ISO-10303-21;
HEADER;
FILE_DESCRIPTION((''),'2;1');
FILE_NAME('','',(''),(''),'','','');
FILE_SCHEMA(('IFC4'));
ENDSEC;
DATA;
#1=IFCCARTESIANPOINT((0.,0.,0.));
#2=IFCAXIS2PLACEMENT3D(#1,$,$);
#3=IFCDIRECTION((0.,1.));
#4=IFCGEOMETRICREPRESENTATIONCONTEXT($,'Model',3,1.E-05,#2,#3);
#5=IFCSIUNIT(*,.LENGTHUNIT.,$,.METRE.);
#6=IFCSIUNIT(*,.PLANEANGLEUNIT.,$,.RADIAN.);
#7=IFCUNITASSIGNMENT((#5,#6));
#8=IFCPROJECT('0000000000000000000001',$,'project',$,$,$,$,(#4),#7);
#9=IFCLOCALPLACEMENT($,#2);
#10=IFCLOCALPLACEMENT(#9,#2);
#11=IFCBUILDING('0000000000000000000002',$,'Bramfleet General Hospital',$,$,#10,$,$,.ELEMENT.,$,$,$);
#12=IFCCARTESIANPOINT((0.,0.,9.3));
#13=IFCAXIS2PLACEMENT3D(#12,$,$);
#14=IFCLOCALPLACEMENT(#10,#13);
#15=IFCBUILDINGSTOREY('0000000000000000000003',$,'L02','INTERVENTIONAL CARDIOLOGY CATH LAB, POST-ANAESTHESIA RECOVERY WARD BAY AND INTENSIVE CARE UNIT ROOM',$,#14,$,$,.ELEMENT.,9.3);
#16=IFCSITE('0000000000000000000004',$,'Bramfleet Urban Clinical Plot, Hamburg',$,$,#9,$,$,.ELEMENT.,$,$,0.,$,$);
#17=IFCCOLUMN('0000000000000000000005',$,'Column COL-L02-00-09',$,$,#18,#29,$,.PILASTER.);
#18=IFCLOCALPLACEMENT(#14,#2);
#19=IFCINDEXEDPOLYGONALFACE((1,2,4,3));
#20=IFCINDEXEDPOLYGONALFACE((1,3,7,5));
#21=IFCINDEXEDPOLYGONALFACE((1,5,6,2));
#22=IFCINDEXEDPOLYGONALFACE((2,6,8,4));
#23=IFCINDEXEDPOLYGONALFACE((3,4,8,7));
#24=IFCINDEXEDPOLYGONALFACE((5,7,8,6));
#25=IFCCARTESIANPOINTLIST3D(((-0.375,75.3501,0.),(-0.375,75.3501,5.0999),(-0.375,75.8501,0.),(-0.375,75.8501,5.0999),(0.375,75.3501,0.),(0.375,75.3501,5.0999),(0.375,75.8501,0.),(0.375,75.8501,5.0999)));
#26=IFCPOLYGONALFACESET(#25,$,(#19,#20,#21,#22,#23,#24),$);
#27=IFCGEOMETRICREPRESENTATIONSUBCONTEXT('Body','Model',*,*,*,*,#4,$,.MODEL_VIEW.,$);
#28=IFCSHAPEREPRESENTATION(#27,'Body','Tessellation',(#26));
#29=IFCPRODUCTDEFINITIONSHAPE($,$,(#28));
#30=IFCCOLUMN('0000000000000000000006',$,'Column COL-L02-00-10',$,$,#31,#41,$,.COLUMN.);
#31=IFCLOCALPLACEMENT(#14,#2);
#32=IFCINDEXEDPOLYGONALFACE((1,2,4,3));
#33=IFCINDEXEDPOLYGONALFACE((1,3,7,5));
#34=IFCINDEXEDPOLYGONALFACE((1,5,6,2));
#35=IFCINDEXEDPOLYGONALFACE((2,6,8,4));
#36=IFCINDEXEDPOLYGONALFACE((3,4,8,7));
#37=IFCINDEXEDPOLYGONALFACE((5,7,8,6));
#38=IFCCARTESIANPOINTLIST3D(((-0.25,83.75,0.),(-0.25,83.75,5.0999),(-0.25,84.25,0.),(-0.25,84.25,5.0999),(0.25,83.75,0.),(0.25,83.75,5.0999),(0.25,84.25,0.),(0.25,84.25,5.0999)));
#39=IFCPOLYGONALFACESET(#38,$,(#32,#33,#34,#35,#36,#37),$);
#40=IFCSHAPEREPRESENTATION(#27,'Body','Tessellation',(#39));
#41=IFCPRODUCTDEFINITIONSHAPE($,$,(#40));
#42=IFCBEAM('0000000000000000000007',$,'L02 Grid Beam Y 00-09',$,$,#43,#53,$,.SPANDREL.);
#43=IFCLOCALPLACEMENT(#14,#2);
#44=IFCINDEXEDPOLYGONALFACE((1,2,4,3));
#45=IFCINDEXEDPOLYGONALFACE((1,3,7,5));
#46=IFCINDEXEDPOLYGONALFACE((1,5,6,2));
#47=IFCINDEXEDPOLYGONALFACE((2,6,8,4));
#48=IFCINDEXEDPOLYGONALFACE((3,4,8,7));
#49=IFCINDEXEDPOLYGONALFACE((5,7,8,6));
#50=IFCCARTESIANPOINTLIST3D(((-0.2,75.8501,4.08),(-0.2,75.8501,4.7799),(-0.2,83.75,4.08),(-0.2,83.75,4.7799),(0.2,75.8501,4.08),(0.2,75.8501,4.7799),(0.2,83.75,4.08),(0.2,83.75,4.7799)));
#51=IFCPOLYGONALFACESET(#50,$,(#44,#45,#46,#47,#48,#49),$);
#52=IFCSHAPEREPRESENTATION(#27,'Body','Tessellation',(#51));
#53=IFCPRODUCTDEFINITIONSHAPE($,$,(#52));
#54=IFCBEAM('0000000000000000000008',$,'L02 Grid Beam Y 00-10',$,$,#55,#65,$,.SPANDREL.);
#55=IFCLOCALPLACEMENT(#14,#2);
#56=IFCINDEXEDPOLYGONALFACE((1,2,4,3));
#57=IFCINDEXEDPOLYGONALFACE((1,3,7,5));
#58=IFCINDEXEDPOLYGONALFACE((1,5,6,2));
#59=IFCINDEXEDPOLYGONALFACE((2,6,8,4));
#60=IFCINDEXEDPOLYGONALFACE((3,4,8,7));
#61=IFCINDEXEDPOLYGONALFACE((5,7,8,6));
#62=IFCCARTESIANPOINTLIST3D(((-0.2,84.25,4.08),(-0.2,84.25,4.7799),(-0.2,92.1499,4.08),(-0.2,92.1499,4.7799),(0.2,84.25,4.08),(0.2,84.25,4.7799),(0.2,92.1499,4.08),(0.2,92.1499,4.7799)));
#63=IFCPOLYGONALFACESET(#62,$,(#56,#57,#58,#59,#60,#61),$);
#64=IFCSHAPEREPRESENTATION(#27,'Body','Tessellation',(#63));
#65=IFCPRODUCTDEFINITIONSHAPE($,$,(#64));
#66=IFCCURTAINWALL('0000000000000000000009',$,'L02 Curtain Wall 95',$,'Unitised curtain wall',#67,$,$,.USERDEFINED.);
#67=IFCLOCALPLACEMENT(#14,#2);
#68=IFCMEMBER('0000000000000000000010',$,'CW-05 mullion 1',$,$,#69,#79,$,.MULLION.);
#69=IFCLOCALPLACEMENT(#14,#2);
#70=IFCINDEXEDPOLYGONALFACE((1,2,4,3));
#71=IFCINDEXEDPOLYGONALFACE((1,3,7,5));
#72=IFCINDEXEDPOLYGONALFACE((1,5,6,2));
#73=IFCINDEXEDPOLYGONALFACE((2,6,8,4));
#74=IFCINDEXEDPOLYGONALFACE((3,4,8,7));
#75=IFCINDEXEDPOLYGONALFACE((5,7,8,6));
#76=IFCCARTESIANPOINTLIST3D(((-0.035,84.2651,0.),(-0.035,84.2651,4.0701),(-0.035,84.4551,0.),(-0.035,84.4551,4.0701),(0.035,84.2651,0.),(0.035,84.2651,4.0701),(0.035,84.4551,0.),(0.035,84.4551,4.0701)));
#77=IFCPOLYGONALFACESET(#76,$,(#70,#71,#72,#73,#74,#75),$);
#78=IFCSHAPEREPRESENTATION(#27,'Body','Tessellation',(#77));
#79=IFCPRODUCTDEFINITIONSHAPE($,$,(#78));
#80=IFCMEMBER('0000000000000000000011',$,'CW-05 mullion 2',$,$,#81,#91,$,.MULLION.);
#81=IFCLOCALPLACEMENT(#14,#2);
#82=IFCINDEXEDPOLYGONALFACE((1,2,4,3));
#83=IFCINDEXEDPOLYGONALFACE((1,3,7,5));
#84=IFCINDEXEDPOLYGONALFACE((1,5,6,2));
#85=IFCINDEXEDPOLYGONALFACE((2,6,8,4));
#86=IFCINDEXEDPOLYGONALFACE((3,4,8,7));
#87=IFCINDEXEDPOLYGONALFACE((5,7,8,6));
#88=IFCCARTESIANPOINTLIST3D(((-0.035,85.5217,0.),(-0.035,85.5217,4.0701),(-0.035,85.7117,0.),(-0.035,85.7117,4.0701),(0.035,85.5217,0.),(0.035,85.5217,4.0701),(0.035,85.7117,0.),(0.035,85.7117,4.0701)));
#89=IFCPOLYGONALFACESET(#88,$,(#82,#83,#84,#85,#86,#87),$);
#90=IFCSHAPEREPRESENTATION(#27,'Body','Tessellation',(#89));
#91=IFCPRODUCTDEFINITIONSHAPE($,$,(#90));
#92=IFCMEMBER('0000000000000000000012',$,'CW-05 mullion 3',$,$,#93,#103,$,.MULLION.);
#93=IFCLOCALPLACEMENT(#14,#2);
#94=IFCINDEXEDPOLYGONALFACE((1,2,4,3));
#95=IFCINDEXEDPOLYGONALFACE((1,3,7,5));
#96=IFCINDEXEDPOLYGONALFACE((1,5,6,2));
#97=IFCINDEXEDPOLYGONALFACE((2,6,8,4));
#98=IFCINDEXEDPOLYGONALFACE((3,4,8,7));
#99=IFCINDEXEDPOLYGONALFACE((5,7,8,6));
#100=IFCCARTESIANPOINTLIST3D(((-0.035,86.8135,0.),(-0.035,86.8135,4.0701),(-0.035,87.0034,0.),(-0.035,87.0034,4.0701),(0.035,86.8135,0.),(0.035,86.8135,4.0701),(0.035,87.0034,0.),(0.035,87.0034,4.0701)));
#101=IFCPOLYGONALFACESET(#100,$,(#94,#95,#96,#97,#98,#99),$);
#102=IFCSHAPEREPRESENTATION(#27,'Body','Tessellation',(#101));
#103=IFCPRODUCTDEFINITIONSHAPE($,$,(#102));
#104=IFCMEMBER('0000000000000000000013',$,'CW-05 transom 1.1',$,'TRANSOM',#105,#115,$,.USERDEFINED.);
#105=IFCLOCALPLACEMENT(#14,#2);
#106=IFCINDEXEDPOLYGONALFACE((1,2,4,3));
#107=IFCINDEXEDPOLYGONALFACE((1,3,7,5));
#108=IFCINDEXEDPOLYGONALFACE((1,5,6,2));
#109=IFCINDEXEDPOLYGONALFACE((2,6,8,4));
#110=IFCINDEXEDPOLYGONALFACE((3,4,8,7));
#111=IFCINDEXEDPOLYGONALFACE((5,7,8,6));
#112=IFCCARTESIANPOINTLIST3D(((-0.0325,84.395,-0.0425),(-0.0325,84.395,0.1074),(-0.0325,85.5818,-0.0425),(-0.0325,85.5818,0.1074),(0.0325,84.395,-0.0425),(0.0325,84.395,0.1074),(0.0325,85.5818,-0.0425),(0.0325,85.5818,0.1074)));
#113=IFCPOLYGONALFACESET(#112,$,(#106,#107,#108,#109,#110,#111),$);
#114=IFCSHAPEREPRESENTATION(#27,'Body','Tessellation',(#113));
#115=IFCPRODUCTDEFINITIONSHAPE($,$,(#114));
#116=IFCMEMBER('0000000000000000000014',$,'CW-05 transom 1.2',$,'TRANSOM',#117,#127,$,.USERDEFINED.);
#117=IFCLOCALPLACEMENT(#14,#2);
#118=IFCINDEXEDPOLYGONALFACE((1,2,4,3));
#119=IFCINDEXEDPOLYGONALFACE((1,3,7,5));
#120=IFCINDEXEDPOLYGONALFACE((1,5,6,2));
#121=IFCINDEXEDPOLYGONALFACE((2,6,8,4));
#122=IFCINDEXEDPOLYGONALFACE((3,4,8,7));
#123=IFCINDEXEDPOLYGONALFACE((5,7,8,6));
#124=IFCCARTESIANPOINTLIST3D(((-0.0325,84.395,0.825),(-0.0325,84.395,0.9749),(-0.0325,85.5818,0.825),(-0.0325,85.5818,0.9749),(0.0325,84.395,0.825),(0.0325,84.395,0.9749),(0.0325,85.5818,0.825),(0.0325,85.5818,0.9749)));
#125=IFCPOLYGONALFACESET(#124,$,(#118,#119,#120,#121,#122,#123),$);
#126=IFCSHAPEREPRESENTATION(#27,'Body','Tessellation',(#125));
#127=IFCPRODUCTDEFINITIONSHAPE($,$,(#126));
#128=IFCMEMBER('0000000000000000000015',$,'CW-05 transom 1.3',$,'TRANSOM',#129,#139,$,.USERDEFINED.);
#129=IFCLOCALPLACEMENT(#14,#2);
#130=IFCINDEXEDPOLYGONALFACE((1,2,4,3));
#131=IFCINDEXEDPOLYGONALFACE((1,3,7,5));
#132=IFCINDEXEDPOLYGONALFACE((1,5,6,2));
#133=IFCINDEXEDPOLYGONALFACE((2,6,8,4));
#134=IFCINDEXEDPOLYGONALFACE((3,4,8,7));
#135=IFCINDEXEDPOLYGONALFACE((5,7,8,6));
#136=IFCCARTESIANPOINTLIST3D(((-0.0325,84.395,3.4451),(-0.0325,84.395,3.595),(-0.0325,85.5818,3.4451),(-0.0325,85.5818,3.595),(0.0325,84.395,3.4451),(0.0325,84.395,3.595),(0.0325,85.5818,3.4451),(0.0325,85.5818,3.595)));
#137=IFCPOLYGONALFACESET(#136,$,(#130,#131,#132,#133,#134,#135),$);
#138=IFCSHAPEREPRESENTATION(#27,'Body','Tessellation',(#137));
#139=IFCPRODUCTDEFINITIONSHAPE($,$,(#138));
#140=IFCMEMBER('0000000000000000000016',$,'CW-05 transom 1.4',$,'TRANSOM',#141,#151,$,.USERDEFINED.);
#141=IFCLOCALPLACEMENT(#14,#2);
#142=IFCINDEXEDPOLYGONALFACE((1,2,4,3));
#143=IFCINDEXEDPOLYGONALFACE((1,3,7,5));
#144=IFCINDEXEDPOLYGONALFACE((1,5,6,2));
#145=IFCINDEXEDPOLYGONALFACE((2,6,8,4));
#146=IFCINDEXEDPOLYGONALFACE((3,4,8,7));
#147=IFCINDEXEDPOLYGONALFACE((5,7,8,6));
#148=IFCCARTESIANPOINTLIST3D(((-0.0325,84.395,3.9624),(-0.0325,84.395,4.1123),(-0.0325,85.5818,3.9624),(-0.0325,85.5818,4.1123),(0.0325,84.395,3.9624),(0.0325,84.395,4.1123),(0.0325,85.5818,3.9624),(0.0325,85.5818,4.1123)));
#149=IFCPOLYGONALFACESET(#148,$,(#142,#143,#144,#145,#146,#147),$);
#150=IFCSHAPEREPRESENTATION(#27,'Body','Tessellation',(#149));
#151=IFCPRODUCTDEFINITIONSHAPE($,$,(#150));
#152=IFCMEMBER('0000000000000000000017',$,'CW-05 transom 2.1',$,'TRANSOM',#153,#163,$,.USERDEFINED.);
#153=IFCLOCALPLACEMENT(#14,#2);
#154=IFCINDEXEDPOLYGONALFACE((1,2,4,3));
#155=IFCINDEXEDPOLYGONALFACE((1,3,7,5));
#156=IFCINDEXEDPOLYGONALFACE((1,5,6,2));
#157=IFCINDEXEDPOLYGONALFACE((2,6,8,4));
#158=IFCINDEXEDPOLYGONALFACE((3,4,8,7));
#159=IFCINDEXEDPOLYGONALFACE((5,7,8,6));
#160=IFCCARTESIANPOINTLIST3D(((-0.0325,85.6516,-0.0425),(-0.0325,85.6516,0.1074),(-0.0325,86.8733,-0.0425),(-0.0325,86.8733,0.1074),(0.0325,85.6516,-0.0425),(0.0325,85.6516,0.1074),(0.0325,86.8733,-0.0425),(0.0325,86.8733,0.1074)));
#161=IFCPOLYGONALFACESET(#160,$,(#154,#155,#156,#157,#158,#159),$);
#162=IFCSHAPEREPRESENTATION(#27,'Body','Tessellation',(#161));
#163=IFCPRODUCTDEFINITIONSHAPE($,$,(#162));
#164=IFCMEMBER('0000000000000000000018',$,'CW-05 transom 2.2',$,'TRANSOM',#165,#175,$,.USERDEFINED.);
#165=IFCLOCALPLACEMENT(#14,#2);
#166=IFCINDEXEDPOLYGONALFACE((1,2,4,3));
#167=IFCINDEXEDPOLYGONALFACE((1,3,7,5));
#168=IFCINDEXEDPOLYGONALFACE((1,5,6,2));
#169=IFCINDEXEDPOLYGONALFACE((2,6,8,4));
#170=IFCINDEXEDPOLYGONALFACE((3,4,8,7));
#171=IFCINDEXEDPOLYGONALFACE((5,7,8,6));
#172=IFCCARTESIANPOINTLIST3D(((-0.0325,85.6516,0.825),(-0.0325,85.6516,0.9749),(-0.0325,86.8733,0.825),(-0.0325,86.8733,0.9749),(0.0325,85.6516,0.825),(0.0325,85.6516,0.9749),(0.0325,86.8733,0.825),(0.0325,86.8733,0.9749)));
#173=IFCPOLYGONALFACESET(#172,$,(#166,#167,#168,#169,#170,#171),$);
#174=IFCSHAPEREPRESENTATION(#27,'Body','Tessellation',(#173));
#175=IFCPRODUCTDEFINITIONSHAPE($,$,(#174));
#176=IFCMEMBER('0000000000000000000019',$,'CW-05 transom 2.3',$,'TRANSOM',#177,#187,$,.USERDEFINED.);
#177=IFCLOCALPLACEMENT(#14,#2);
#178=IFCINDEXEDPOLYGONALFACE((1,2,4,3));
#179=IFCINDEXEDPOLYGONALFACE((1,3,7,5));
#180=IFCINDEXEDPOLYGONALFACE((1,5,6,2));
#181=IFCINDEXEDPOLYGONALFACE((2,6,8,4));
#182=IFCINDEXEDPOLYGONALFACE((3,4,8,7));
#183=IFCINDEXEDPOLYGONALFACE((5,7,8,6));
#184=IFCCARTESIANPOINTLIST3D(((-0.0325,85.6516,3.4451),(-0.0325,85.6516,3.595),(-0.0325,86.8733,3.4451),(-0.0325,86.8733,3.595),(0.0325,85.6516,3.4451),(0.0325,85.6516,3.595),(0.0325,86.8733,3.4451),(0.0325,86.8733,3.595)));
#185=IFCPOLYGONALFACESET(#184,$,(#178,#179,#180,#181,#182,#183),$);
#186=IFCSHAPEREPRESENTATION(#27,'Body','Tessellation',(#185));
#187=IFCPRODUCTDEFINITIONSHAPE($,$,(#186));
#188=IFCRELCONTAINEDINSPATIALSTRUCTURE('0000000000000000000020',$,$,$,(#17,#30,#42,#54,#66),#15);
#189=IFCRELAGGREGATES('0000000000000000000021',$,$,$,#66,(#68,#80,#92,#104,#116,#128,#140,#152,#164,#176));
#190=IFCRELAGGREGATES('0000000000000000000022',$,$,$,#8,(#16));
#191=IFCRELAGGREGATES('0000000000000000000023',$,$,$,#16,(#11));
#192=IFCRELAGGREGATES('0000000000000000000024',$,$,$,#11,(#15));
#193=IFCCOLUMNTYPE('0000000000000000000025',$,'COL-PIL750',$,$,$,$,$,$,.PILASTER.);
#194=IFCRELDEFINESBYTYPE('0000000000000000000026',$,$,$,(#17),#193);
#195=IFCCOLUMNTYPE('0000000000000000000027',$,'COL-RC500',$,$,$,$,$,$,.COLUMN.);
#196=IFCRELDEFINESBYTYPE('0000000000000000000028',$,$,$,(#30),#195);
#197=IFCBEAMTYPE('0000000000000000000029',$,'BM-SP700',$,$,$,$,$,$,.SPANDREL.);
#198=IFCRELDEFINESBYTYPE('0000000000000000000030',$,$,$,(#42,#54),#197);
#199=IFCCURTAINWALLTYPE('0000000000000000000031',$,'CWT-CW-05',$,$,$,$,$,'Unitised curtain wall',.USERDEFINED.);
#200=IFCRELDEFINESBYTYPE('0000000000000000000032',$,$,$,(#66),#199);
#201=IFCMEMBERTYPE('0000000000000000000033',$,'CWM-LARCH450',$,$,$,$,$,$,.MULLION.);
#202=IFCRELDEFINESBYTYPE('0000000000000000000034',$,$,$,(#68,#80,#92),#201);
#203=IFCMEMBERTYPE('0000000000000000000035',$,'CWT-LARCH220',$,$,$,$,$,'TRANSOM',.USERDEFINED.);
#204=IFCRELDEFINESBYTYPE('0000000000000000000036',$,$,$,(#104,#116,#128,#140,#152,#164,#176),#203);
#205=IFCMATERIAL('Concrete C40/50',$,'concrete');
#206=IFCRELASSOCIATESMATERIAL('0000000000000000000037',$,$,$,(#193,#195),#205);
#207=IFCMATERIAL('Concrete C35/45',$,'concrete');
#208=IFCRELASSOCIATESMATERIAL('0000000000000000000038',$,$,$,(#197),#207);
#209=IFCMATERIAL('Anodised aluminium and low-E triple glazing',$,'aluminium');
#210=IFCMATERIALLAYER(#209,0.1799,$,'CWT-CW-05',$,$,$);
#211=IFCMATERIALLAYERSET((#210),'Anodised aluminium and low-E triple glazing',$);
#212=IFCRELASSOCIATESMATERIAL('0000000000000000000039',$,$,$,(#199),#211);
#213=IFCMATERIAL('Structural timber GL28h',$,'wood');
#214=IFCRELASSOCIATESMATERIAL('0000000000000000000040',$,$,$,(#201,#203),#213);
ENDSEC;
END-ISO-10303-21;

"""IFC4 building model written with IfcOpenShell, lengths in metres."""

from ifc_helpers import new_model, si_unit, direction, frame, origin, origin_2d, place, context, subcontext, project, spatial, rectangle, extrude, material, layer, layer_set, material_profile, profile_set, type_object, element, aggregate, save


model = new_model("IFC4")

# Units and contexts
model_context = context("Model", 3, precision=1e-05, world=origin(), true_north=direction((0.0, 1.0)))
body_context = subcontext(model_context, "Body", "Model", "MODEL_VIEW")
ifc_project = project(units=[si_unit("LENGTHUNIT", "METRE"), si_unit("PLANEANGLEUNIT", "RADIAN")], contexts=[model_context])

# Site, building, storey
site_placement = place(None, origin())
site = spatial("IfcSite", under=ifc_project, at=site_placement, Name="Bramfleet Urban Clinical Plot, Hamburg", CompositionType="ELEMENT", RefElevation=0.0)
building_placement = place(site_placement, origin())
building = spatial("IfcBuilding", under=site, at=building_placement, Name="Bramfleet General Hospital", CompositionType="ELEMENT")
storey_placement = place(building_placement, frame((0.0, 0.0, 9.3)))
storey = spatial("IfcBuildingStorey", under=building, at=storey_placement, Name="L02", Description="INTERVENTIONAL CARDIOLOGY CATH LAB, POST-ANAESTHESIA RECOVERY WARD BAY AND INTENSIVE CARE UNIT ROOM", CompositionType="ELEMENT", Elevation=9.3)

# Columns
ifc_material_1 = material(Name="Concrete C40/50", Category="concrete")
ifc_material_profile_1 = material_profile(ifc_material_1, rectangle(XDim=0.5, YDim=0.75, at=origin_2d()), Name="RC PIL 750x500")
ifc_profile_set_1 = profile_set([ifc_material_profile_1], Name="Concrete C40/50")
column_type_1 = type_object("IfcColumnType", Name="COL-PIL750", PredefinedType="PILASTER", material=ifc_profile_set_1)
column_1_placement = place(storey_placement, frame((0.0, 75.6001, 0.0), z_axis=(0.0, 0.0, 1.0), x_axis=(0.0, 1.0, 0.0)))
element("IfcColumn", 1, at=column_1_placement, inside=storey, type_object=column_type_1, Name="Column COL-L02-00-09", PredefinedType="PILASTER", context=body_context, shape_type="SweptSolid", body=[
    extrude(rectangle(XDim=0.5, YDim=0.75, at=origin_2d()), origin(), (0.0, 0.0, 1.0), 5.0999),
])
ifc_material_profile_2 = material_profile(ifc_material_1, rectangle(XDim=0.5, YDim=0.5, at=origin_2d()), Name="RC COL 500x500")
ifc_profile_set_2 = profile_set([ifc_material_profile_2], Name="Concrete C40/50")
column_type_2 = type_object("IfcColumnType", Name="COL-RC500", PredefinedType="COLUMN", material=ifc_profile_set_2)
column_2_placement = place(storey_placement, frame((0.0, 84.0, 0.0), z_axis=(0.0, 0.0, 1.0), x_axis=(1.0, 0.0, 0.0)))
element("IfcColumn", 2, at=column_2_placement, inside=storey, type_object=column_type_2, Name="Column COL-L02-00-10", PredefinedType="COLUMN", context=body_context, shape_type="SweptSolid", body=[
    extrude(rectangle(XDim=0.5, YDim=0.5, at=origin_2d()), origin(), (0.0, 0.0, 1.0), 5.0999),
])

# Beams
ifc_material_2 = material(Name="Concrete C35/45", Category="concrete")
ifc_material_profile_3 = material_profile(ifc_material_2, rectangle(XDim=0.3999, YDim=0.7, at=origin_2d()), Name="RC SP 700x400")
ifc_profile_set_3 = profile_set([ifc_material_profile_3], Name="Concrete C35/45")
beam_type = type_object("IfcBeamType", Name="BM-SP700", PredefinedType="SPANDREL", material=ifc_profile_set_3)
for number, where, z_axis, x_axis, name in (
    (3, (0.0, 75.8501, 4.4299), (0.0, 1.0, 0.0), (-1.0, 0.0, 0.0), "L02 Grid Beam Y 00-09"),
    (4, (0.0, 84.25, 4.4299), (0.0, 1.0, 0.0), (-1.0, 0.0, 0.0), "L02 Grid Beam Y 00-10"),
):
    element("IfcBeam", number, at=place(storey_placement, frame(where, z_axis=z_axis, x_axis=x_axis)), inside=storey, type_object=beam_type, Name=name, PredefinedType="SPANDREL", context=body_context, shape_type="SweptSolid", body=[
        extrude(rectangle(XDim=0.3999, YDim=0.7, at=origin_2d()), origin(), (0.0, 0.0, 1.0), 7.8999),
    ])

# Curtain wall, members
ifc_material_3 = material(Name="Anodised aluminium and low-E triple glazing", Category="aluminium")
ifc_layer_1 = layer(ifc_material_3, 0.1799, Name="CWT-CW-05")
ifc_layer_set_1 = layer_set([ifc_layer_1], Name="Anodised aluminium and low-E triple glazing")
curtain_wall_type = type_object("IfcCurtainWallType", Name="CWT-CW-05", ElementType="Unitised curtain wall", PredefinedType="USERDEFINED", material=ifc_layer_set_1)
curtain_wall_placement = place(storey_placement, origin())
curtain_wall = element("IfcCurtainWall", 5, at=curtain_wall_placement, inside=storey, type_object=curtain_wall_type, Name="L02 Curtain Wall 95", ObjectType="Unitised curtain wall", PredefinedType="USERDEFINED")
ifc_material_4 = material(Name="Structural timber GL28h", Category="wood")
ifc_material_profile_4 = material_profile(ifc_material_4, rectangle(XDim=0.0701, YDim=0.1899, at=origin_2d()), Name="LARCH 190x70")
ifc_profile_set_4 = profile_set([ifc_material_profile_4], Name="Structural timber GL28h")
member_type_1 = type_object("IfcMemberType", Name="CWM-LARCH450", PredefinedType="MULLION", material=ifc_profile_set_4)
member_1_placement = place(storey_placement, frame((0.0, 84.3601, 0.0), z_axis=(0.0, 0.0, 1.0), x_axis=(-1.0, 0.0, 0.0)))
member_1 = element("IfcMember", 6, at=member_1_placement, type_object=member_type_1, Name="CW-05 mullion 1", PredefinedType="MULLION", context=body_context, shape_type="SweptSolid", body=[
    extrude(rectangle(XDim=0.0701, YDim=0.1899, at=origin_2d()), origin(), (0.0, 0.0, 1.0), 4.0701),
])
member_2_placement = place(storey_placement, frame((0.0, 85.6167, 0.0), z_axis=(0.0, 0.0, 1.0), x_axis=(-1.0, 0.0, 0.0)))
member_2 = element("IfcMember", 7, at=member_2_placement, type_object=member_type_1, Name="CW-05 mullion 2", PredefinedType="MULLION", context=body_context, shape_type="SweptSolid", body=[
    extrude(rectangle(XDim=0.0701, YDim=0.1899, at=origin_2d()), origin(), (0.0, 0.0, 1.0), 4.0701),
])
member_3_placement = place(storey_placement, frame((0.0, 86.9084, 0.0), z_axis=(0.0, 0.0, 1.0), x_axis=(-1.0, 0.0, 0.0)))
member_3 = element("IfcMember", 8, at=member_3_placement, type_object=member_type_1, Name="CW-05 mullion 3", PredefinedType="MULLION", context=body_context, shape_type="SweptSolid", body=[
    extrude(rectangle(XDim=0.0701, YDim=0.1899, at=origin_2d()), origin(), (0.0, 0.0, 1.0), 4.0701),
])
ifc_material_profile_5 = material_profile(ifc_material_4, rectangle(XDim=0.0649, YDim=0.1499, at=origin_2d()), Name="LARCH 150x65")
ifc_profile_set_5 = profile_set([ifc_material_profile_5], Name="Structural timber GL28h")
member_type_2 = type_object("IfcMemberType", Name="CWT-LARCH220", ElementType="TRANSOM", PredefinedType="USERDEFINED", material=ifc_profile_set_5)
member_4_placement = place(storey_placement, frame((0.0, 84.395, 0.0325), z_axis=(0.0, 1.0, 0.0), x_axis=(-1.0, 0.0, 0.0)))
member_4 = element("IfcMember", 9, at=member_4_placement, type_object=member_type_2, Name="CW-05 transom 1.1", ObjectType="TRANSOM", PredefinedType="USERDEFINED", context=body_context, shape_type="SweptSolid", body=[
    extrude(rectangle(XDim=0.0649, YDim=0.1499, at=origin_2d()), origin(), (0.0, 0.0, 1.0), 1.1868),
])
member_5_placement = place(storey_placement, frame((0.0, 84.395, 0.8999), z_axis=(0.0, 1.0, 0.0), x_axis=(-1.0, 0.0, 0.0)))
member_5 = element("IfcMember", 10, at=member_5_placement, type_object=member_type_2, Name="CW-05 transom 1.2", ObjectType="TRANSOM", PredefinedType="USERDEFINED", context=body_context, shape_type="SweptSolid", body=[
    extrude(rectangle(XDim=0.0649, YDim=0.1499, at=origin_2d()), origin(), (0.0, 0.0, 1.0), 1.1868),
])
member_6_placement = place(storey_placement, frame((0.0, 84.395, 3.52), z_axis=(0.0, 1.0, 0.0), x_axis=(-1.0, 0.0, 0.0)))
member_6 = element("IfcMember", 11, at=member_6_placement, type_object=member_type_2, Name="CW-05 transom 1.3", ObjectType="TRANSOM", PredefinedType="USERDEFINED", context=body_context, shape_type="SweptSolid", body=[
    extrude(rectangle(XDim=0.0649, YDim=0.1499, at=origin_2d()), origin(), (0.0, 0.0, 1.0), 1.1868),
])
member_7_placement = place(storey_placement, frame((0.0, 84.395, 4.0374), z_axis=(0.0, 1.0, 0.0), x_axis=(-1.0, 0.0, 0.0)))
member_7 = element("IfcMember", 12, at=member_7_placement, type_object=member_type_2, Name="CW-05 transom 1.4", ObjectType="TRANSOM", PredefinedType="USERDEFINED", context=body_context, shape_type="SweptSolid", body=[
    extrude(rectangle(XDim=0.0649, YDim=0.1499, at=origin_2d()), origin(), (0.0, 0.0, 1.0), 1.1868),
])
member_8_placement = place(storey_placement, frame((0.0, 85.6516, 0.0325), z_axis=(0.0, 1.0, 0.0), x_axis=(-1.0, 0.0, 0.0)))
member_8 = element("IfcMember", 13, at=member_8_placement, type_object=member_type_2, Name="CW-05 transom 2.1", ObjectType="TRANSOM", PredefinedType="USERDEFINED", context=body_context, shape_type="SweptSolid", body=[
    extrude(rectangle(XDim=0.0649, YDim=0.1499, at=origin_2d()), origin(), (0.0, 0.0, 1.0), 1.2217),
])
member_9_placement = place(storey_placement, frame((0.0, 85.6516, 0.8999), z_axis=(0.0, 1.0, 0.0), x_axis=(-1.0, 0.0, 0.0)))
member_9 = element("IfcMember", 14, at=member_9_placement, type_object=member_type_2, Name="CW-05 transom 2.2", ObjectType="TRANSOM", PredefinedType="USERDEFINED", context=body_context, shape_type="SweptSolid", body=[
    extrude(rectangle(XDim=0.0649, YDim=0.1499, at=origin_2d()), origin(), (0.0, 0.0, 1.0), 1.2217),
])
member_10_placement = place(storey_placement, frame((0.0, 85.6516, 3.52), z_axis=(0.0, 1.0, 0.0), x_axis=(-1.0, 0.0, 0.0)))
member_10 = element("IfcMember", 15, at=member_10_placement, type_object=member_type_2, Name="CW-05 transom 2.3", ObjectType="TRANSOM", PredefinedType="USERDEFINED", context=body_context, shape_type="SweptSolid", body=[
    extrude(rectangle(XDim=0.0649, YDim=0.1499, at=origin_2d()), origin(), (0.0, 0.0, 1.0), 1.2217),
])

aggregate(curtain_wall, [member_1, member_2, member_3, member_4, member_5, member_6, member_7, member_8, member_9, member_10])

save(model, "model.ifc")
